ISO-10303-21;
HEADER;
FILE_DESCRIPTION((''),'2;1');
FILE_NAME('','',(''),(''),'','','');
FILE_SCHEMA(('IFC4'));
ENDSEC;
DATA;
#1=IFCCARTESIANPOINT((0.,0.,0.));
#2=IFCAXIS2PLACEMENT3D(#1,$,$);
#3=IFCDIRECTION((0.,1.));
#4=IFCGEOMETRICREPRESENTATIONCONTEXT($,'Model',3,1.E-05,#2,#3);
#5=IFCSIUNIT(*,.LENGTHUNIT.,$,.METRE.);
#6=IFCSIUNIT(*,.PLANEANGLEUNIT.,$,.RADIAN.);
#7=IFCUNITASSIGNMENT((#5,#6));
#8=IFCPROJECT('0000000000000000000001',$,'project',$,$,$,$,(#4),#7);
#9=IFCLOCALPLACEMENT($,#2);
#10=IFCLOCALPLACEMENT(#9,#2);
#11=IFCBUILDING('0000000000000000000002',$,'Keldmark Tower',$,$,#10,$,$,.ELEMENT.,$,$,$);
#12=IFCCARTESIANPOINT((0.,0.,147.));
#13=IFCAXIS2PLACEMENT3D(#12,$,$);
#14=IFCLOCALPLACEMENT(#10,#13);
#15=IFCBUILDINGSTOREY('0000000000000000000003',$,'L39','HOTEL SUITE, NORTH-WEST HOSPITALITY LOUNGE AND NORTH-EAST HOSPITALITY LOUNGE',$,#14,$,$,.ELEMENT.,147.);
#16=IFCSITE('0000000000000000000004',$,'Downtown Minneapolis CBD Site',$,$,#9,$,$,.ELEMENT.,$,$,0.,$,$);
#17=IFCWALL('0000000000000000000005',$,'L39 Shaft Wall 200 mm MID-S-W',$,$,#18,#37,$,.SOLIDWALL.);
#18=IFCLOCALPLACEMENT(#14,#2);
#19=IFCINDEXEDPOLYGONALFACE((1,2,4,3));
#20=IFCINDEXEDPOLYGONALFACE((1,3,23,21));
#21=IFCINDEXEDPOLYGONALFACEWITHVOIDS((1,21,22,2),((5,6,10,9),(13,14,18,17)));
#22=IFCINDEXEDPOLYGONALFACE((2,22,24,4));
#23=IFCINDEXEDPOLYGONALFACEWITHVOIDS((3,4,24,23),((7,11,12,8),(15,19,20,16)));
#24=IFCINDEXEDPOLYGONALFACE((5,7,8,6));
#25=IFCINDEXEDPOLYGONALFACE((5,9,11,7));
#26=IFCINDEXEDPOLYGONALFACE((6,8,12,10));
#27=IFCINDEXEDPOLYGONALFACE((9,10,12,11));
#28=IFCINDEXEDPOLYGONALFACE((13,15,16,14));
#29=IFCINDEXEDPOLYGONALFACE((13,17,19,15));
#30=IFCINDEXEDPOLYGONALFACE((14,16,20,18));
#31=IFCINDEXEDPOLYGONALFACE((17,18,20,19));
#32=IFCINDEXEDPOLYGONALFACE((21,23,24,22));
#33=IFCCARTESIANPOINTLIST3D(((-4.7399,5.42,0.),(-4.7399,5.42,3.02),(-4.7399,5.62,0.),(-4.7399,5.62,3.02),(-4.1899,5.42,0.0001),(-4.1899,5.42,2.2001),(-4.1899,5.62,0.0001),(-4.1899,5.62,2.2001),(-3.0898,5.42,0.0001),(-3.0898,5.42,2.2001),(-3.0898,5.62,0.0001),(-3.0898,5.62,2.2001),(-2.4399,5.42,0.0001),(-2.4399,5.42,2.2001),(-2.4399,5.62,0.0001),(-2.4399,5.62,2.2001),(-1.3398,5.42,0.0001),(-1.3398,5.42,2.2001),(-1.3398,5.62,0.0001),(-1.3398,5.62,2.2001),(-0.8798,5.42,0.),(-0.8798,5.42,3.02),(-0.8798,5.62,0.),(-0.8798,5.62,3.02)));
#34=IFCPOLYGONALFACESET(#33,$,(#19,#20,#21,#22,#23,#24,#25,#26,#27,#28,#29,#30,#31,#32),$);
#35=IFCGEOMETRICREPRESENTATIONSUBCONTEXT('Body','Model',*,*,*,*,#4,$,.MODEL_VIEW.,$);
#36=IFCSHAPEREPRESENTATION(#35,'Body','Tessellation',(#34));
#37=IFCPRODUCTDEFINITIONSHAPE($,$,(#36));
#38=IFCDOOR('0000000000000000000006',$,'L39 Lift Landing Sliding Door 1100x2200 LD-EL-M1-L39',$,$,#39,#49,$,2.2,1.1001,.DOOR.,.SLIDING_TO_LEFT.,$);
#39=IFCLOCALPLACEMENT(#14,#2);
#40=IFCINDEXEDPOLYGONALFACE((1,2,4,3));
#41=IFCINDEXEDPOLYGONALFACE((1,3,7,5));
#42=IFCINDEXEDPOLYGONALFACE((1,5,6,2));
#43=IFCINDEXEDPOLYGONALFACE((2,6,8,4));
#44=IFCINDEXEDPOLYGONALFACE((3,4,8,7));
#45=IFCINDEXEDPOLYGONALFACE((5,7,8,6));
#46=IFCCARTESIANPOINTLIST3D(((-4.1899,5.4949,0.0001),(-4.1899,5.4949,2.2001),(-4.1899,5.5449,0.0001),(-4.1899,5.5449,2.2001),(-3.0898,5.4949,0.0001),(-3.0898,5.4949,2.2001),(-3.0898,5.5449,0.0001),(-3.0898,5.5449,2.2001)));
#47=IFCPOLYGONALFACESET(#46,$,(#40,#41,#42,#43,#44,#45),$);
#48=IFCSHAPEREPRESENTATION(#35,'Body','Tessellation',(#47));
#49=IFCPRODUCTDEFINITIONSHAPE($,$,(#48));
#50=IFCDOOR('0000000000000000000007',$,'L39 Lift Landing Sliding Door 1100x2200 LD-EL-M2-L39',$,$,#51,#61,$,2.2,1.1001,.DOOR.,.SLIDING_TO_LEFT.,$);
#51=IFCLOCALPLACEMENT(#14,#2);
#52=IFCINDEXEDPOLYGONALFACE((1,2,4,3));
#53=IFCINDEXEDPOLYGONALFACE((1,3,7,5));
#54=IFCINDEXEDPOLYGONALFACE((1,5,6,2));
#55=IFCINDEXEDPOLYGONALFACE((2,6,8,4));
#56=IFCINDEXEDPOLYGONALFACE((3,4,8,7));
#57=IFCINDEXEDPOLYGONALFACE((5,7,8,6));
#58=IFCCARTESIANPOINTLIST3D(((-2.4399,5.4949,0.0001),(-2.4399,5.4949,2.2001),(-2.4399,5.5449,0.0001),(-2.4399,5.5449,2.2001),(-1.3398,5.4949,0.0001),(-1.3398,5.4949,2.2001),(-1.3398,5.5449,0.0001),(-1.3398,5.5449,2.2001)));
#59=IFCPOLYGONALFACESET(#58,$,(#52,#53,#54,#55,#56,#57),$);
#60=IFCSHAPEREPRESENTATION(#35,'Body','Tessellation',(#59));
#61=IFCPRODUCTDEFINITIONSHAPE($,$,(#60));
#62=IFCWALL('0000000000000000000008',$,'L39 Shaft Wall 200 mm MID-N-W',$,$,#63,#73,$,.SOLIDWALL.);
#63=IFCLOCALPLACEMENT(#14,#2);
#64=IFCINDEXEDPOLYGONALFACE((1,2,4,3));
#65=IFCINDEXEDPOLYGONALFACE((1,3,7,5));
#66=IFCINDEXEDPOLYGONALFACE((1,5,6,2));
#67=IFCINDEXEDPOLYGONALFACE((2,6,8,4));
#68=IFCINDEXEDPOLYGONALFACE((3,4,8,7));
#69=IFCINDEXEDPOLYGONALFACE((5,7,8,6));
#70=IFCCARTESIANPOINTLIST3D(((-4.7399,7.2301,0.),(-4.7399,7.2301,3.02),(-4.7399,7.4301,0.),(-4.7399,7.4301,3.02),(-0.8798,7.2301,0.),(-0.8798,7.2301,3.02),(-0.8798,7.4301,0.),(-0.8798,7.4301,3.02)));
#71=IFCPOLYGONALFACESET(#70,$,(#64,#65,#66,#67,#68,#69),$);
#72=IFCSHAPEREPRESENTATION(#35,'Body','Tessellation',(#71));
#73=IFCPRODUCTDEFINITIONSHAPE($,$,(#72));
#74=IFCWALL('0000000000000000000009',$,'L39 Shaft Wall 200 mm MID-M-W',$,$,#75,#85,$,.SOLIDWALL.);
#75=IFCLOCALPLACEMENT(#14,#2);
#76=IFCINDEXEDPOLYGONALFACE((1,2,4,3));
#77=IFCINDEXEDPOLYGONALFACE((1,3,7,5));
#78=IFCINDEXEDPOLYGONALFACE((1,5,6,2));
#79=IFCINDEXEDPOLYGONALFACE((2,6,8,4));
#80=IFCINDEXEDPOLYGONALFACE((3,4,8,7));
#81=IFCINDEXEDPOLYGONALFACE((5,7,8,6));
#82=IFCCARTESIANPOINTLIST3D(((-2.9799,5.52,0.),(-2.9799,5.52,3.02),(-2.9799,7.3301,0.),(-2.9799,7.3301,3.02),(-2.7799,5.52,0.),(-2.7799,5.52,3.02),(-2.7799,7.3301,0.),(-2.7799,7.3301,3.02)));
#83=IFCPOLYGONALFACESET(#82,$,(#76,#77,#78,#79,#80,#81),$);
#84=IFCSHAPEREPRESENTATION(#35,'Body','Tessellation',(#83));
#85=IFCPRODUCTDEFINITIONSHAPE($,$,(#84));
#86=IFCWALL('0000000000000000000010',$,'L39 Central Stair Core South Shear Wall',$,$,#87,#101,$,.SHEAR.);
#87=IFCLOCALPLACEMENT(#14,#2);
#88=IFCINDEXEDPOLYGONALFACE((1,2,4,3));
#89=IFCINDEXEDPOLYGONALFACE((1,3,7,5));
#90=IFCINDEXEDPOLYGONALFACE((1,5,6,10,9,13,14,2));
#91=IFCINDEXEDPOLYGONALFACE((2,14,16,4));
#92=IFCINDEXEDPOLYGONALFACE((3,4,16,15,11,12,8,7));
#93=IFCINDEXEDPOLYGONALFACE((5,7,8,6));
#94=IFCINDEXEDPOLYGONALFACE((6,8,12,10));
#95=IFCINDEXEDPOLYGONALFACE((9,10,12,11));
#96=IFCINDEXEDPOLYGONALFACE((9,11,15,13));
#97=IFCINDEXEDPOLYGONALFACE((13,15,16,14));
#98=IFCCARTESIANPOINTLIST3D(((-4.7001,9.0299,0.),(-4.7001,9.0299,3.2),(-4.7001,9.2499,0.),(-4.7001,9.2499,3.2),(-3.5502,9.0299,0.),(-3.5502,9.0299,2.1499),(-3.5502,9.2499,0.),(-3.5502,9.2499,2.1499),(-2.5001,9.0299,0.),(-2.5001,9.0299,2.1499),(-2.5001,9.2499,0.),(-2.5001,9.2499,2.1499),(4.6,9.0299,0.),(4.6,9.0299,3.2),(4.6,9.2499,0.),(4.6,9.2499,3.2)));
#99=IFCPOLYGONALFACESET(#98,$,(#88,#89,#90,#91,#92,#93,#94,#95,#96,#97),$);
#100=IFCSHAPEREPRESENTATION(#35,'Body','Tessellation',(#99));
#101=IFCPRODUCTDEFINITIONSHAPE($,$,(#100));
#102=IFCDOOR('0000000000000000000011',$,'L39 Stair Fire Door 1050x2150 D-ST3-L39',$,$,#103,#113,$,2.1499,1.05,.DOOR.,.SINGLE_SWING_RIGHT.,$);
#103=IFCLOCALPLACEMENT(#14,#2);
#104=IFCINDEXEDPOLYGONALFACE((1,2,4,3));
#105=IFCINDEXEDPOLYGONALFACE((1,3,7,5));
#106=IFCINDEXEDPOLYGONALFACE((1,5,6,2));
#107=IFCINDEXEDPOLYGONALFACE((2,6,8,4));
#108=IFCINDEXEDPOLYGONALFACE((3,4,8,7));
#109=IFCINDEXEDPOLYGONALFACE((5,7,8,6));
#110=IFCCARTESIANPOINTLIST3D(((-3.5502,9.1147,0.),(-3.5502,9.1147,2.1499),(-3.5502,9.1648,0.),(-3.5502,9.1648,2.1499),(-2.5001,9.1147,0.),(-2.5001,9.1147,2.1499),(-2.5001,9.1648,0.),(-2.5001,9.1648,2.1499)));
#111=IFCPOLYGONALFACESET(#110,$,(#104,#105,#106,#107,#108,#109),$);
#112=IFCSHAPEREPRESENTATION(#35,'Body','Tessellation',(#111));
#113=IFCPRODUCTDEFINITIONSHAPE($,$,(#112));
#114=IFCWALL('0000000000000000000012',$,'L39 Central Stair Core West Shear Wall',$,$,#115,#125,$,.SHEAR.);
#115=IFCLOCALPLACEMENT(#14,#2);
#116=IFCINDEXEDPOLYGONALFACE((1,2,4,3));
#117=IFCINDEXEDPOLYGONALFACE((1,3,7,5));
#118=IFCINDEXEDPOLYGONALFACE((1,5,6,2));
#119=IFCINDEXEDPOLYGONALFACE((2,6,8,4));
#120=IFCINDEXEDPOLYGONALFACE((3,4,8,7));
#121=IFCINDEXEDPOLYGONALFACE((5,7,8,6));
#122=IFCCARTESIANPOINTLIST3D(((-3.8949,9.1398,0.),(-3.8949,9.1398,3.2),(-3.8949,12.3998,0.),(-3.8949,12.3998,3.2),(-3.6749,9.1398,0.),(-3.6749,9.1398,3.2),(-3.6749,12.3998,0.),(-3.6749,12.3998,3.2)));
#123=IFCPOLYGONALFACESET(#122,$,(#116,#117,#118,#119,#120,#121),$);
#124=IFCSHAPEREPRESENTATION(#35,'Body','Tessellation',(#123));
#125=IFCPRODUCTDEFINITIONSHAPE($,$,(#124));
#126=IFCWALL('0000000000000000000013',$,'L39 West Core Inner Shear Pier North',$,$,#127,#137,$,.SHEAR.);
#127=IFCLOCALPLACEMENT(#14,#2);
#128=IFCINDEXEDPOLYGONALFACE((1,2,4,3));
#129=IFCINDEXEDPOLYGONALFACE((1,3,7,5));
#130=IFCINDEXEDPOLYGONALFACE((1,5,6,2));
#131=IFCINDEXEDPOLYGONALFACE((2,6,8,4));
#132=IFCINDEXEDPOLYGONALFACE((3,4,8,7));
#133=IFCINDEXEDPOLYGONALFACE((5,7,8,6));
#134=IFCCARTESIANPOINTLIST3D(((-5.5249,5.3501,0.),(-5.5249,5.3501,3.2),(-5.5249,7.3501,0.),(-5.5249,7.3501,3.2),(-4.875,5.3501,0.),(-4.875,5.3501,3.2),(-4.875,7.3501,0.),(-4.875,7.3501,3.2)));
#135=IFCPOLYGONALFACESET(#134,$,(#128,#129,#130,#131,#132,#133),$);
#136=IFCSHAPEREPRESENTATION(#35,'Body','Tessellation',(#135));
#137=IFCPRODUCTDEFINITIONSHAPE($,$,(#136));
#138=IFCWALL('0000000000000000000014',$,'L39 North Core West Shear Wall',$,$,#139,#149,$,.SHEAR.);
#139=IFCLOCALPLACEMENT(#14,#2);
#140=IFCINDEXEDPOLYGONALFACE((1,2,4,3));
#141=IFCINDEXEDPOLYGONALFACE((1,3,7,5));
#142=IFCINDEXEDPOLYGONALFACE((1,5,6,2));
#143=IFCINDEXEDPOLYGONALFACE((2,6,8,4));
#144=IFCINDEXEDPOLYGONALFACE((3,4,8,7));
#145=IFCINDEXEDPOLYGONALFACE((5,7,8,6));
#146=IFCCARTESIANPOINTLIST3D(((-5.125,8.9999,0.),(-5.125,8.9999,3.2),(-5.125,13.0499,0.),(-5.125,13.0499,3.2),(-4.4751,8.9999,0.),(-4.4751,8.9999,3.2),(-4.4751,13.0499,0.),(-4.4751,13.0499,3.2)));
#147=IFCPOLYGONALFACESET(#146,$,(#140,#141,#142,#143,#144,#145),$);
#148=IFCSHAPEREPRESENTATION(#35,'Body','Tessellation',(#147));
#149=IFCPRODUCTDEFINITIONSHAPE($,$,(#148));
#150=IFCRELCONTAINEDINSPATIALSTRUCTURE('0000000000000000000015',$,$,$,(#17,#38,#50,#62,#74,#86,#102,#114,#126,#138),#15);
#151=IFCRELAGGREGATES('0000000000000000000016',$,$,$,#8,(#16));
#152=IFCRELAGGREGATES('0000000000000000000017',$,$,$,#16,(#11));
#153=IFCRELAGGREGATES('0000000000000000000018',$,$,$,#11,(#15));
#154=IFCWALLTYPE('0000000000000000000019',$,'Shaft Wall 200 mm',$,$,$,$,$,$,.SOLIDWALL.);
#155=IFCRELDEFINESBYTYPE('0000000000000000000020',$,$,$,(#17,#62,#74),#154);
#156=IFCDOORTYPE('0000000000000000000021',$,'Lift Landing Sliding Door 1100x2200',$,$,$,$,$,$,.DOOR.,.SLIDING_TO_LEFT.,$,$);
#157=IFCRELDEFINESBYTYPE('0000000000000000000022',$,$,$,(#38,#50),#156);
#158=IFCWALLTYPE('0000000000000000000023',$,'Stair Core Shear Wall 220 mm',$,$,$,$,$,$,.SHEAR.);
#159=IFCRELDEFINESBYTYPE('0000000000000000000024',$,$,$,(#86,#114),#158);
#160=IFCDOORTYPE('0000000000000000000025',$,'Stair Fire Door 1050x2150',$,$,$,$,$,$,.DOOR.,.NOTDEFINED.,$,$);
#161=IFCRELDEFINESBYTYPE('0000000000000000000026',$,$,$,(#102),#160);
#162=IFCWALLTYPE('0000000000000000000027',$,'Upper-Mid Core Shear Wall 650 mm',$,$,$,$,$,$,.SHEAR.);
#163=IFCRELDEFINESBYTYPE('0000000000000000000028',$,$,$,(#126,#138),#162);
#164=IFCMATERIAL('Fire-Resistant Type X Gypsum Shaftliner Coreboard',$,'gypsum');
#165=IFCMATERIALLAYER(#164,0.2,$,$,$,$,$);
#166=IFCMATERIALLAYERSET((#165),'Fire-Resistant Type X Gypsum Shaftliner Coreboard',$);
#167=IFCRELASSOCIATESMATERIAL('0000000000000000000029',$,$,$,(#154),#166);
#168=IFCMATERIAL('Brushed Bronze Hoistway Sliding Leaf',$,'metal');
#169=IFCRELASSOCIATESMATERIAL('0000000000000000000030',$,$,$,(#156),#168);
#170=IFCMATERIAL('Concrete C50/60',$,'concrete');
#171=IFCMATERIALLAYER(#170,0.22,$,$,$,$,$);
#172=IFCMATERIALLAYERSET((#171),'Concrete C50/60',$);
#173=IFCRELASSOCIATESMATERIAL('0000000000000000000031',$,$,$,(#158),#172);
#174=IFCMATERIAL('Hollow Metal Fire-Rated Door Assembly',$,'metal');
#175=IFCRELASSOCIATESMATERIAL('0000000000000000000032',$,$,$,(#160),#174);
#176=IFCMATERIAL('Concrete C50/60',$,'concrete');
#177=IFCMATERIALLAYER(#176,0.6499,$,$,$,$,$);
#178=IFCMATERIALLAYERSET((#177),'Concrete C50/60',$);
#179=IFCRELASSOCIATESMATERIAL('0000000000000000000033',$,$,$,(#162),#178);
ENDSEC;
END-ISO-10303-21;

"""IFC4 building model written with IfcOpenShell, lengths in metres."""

from ifc_helpers import new_model, si_unit, direction, frame, frame_2d, origin, place, context, subcontext, project, spatial, rectangle, extrude, material, layer, layer_set, type_object, element, fill, save


model = new_model("IFC4")

# Units and contexts
model_context = context("Model", 3, precision=1e-05, world=origin(), true_north=direction((0.0, 1.0)))
body_context = subcontext(model_context, "Body", "Model", "MODEL_VIEW")
ifc_project = project(units=[si_unit("LENGTHUNIT", "METRE"), si_unit("PLANEANGLEUNIT", "RADIAN")], contexts=[model_context])

# Site, building, storey
site_placement = place(None, origin())
site = spatial("IfcSite", under=ifc_project, at=site_placement, Name="Downtown Minneapolis CBD Site", CompositionType="ELEMENT", RefElevation=0.0)
building_placement = place(site_placement, origin())
building = spatial("IfcBuilding", under=site, at=building_placement, Name="Keldmark Tower", CompositionType="ELEMENT")
storey_placement = place(building_placement, frame((0.0, 0.0, 147.0)))
storey = spatial("IfcBuildingStorey", under=building, at=storey_placement, Name="L39", Description="HOTEL SUITE, NORTH-WEST HOSPITALITY LOUNGE AND NORTH-EAST HOSPITALITY LOUNGE", CompositionType="ELEMENT", Elevation=147.0)

# Shared definitions
ifc_material_1 = material(Name="Fire-Resistant Type X Gypsum Shaftliner Coreboard", Category="gypsum")
ifc_layer_1 = layer(ifc_material_1, 0.2)
ifc_layer_set_1 = layer_set([ifc_layer_1], Name="Fire-Resistant Type X Gypsum Shaftliner Coreboard")
wall_type_1 = type_object("IfcWallType", Name="Shaft Wall 200 mm", PredefinedType="SOLIDWALL", material=ifc_layer_set_1)

# Wall, openings, doors
wall_1_placement = place(storey_placement, frame((-4.74, 5.52, 0.0), z_axis=(0.0, 0.0, 1.0), x_axis=(1.0, 0.0, 0.0)))
wall_1 = element("IfcWall", 1, at=wall_1_placement, inside=storey, type_object=wall_type_1, Name="L39 Shaft Wall 200 mm MID-S-W", PredefinedType="SOLIDWALL", context=body_context, shape_type="SweptSolid", body=[
    extrude(rectangle(XDim=3.8601, YDim=0.2, at=frame_2d((1.9302, 0.0))), origin(), (0.0, 0.0, 1.0), 3.02),
])
opening_1_placement = place(wall_1_placement, frame((0.55, 0.0, 0.0)))
opening_1 = element("IfcOpeningElement", 2, at=opening_1_placement, cuts=wall_1, PredefinedType="OPENING", context=body_context, shape_type="SweptSolid", body=[
    extrude(rectangle(XDim=1.1001, YDim=2.2, at=frame_2d((0.55, 1.1001))), frame((0.0, 0.1099, 0.0), z_axis=(0.0, -1.0, 0.0), x_axis=(1.0, 0.0, 0.0)), (0.0, 0.0, 1.0), 0.22),
])
opening_2_placement = place(wall_1_placement, frame((2.3, 0.0, 0.0)))
opening_2 = element("IfcOpeningElement", 3, at=opening_2_placement, cuts=wall_1, PredefinedType="OPENING", context=body_context, shape_type="SweptSolid", body=[
    extrude(rectangle(XDim=1.1001, YDim=2.2, at=frame_2d((0.55, 1.1001))), frame((0.0, 0.1099, 0.0), z_axis=(0.0, -1.0, 0.0), x_axis=(1.0, 0.0, 0.0)), (0.0, 0.0, 1.0), 0.22),
])
ifc_material_2 = material(Name="Brushed Bronze Hoistway Sliding Leaf", Category="metal")
door_type_1 = type_object("IfcDoorType", Name="Lift Landing Sliding Door 1100x2200", OperationType="SLIDING_TO_LEFT", PredefinedType="DOOR", material=ifc_material_2)
door_1_placement = place(opening_1_placement, origin())
door_1 = element("IfcDoor", 4, at=door_1_placement, inside=storey, type_object=door_type_1, Name="L39 Lift Landing Sliding Door 1100x2200 LD-EL-M1-L39", OperationType="SLIDING_TO_LEFT", OverallHeight=2.2, OverallWidth=1.1001, PredefinedType="DOOR", context=body_context, shape_type="SweptSolid", body=[
    extrude(rectangle(XDim=1.1001, YDim=2.2, at=frame_2d((0.55, 1.1001))), frame((0.0, 0.0249, 0.0), z_axis=(0.0, -1.0, 0.0), x_axis=(1.0, 0.0, 0.0)), (0.0, 0.0, 1.0), 0.05),
])
fill(opening_1, door_1)
door_2_placement = place(opening_2_placement, origin())
door_2 = element("IfcDoor", 5, at=door_2_placement, inside=storey, type_object=door_type_1, Name="L39 Lift Landing Sliding Door 1100x2200 LD-EL-M2-L39", OperationType="SLIDING_TO_LEFT", OverallHeight=2.2, OverallWidth=1.1001, PredefinedType="DOOR", context=body_context, shape_type="SweptSolid", body=[
    extrude(rectangle(XDim=1.1001, YDim=2.2, at=frame_2d((0.55, 1.1001))), frame((0.0, 0.0249, 0.0), z_axis=(0.0, -1.0, 0.0), x_axis=(1.0, 0.0, 0.0)), (0.0, 0.0, 1.0), 0.05),
])
fill(opening_2, door_2)

# Walls
wall_2_placement = place(storey_placement, frame((-4.74, 7.3301, 0.0), z_axis=(0.0, 0.0, 1.0), x_axis=(1.0, 0.0, 0.0)))
element("IfcWall", 6, at=wall_2_placement, inside=storey, type_object=wall_type_1, Name="L39 Shaft Wall 200 mm MID-N-W", PredefinedType="SOLIDWALL", context=body_context, shape_type="SweptSolid", body=[
    extrude(rectangle(XDim=3.8601, YDim=0.2, at=frame_2d((1.9302, 0.0))), origin(), (0.0, 0.0, 1.0), 3.02),
])
wall_3_placement = place(storey_placement, frame((-2.8799, 5.52, 0.0), z_axis=(0.0, 0.0, 1.0), x_axis=(0.0, 1.0, 0.0)))
element("IfcWall", 7, at=wall_3_placement, inside=storey, type_object=wall_type_1, Name="L39 Shaft Wall 200 mm MID-M-W", PredefinedType="SOLIDWALL", context=body_context, shape_type="SweptSolid", body=[
    extrude(rectangle(XDim=1.8101, YDim=0.2, at=frame_2d((0.905, 0.0))), origin(), (0.0, 0.0, 1.0), 3.02),
])

# Wall, opening, door
ifc_material_3 = material(Name="Concrete C50/60", Category="concrete")
ifc_layer_2 = layer(ifc_material_3, 0.22)
ifc_layer_set_2 = layer_set([ifc_layer_2], Name="Concrete C50/60")
wall_type_2 = type_object("IfcWallType", Name="Stair Core Shear Wall 220 mm", PredefinedType="SHEAR", material=ifc_layer_set_2)
wall_4_placement = place(storey_placement, frame((-4.7, 9.1399, 0.0), z_axis=(0.0, 0.0, 1.0), x_axis=(1.0, 0.0, 0.0)))
wall_4 = element("IfcWall", 8, at=wall_4_placement, inside=storey, type_object=wall_type_2, Name="L39 Central Stair Core South Shear Wall", PredefinedType="SHEAR", context=body_context, shape_type="SweptSolid", body=[
    extrude(rectangle(XDim=9.3, YDim=0.22, at=frame_2d((4.6499, 0.0))), origin(), (0.0, 0.0, 1.0), 3.2),
])
opening_3_placement = place(wall_4_placement, frame((1.1499, 0.0, 0.0)))
opening_3 = element("IfcOpeningElement", 9, at=opening_3_placement, cuts=wall_4, PredefinedType="OPENING", context=body_context, shape_type="SweptSolid", body=[
    extrude(rectangle(XDim=1.05, YDim=2.1499, at=frame_2d((0.5249, 1.075))), frame((0.0, 0.1199, 0.0), z_axis=(0.0, -1.0, 0.0), x_axis=(1.0, 0.0, 0.0)), (0.0, 0.0, 1.0), 0.24),
])
ifc_material_4 = material(Name="Hollow Metal Fire-Rated Door Assembly", Category="metal")
door_type_2 = type_object("IfcDoorType", Name="Stair Fire Door 1050x2150", OperationType="NOTDEFINED", PredefinedType="DOOR", material=ifc_material_4)
door_3_placement = place(opening_3_placement, origin())
door_3 = element("IfcDoor", 10, at=door_3_placement, inside=storey, type_object=door_type_2, Name="L39 Stair Fire Door 1050x2150 D-ST3-L39", OperationType="SINGLE_SWING_RIGHT", OverallHeight=2.1499, OverallWidth=1.05, PredefinedType="DOOR", context=body_context, shape_type="SweptSolid", body=[
    extrude(rectangle(XDim=1.05, YDim=2.1499, at=frame_2d((0.5249, 1.075))), frame((0.0, 0.0249, 0.0), z_axis=(0.0, -1.0, 0.0), x_axis=(1.0, 0.0, 0.0)), (0.0, 0.0, 1.0), 0.05),
])
fill(opening_3, door_3)

# Wall
wall_5_placement = place(storey_placement, frame((-3.7849, 9.1399, 0.0), z_axis=(0.0, 0.0, 1.0), x_axis=(0.0, 1.0, 0.0)))
element("IfcWall", 11, at=wall_5_placement, inside=storey, type_object=wall_type_2, Name="L39 Central Stair Core West Shear Wall", PredefinedType="SHEAR", context=body_context, shape_type="SweptSolid", body=[
    extrude(rectangle(XDim=3.26, YDim=0.22, at=frame_2d((1.6299, 0.0))), origin(), (0.0, 0.0, 1.0), 3.2),
])

# Shared definitions
ifc_material_5 = material(Name="Concrete C50/60", Category="concrete")
ifc_layer_3 = layer(ifc_material_5, 0.6499)
ifc_layer_set_3 = layer_set([ifc_layer_3], Name="Concrete C50/60")
wall_type_3 = type_object("IfcWallType", Name="Upper-Mid Core Shear Wall 650 mm", PredefinedType="SHEAR", material=ifc_layer_set_3)

# Walls
wall_6_placement = place(storey_placement, frame((-5.2, 5.3501, 0.0), z_axis=(0.0, 0.0, 1.0), x_axis=(0.0, 1.0, 0.0)))
element("IfcWall", 12, at=wall_6_placement, inside=storey, type_object=wall_type_3, Name="L39 West Core Inner Shear Pier North", PredefinedType="SHEAR", context=body_context, shape_type="SweptSolid", body=[
    extrude(rectangle(XDim=2.0, YDim=0.6499, at=frame_2d((1.0, 0.0))), origin(), (0.0, 0.0, 1.0), 3.2),
])
wall_7_placement = place(storey_placement, frame((-4.8, 9.0, 0.0), z_axis=(0.0, 0.0, 1.0), x_axis=(0.0, 1.0, 0.0)))
element("IfcWall", 13, at=wall_7_placement, inside=storey, type_object=wall_type_3, Name="L39 North Core West Shear Wall", PredefinedType="SHEAR", context=body_context, shape_type="SweptSolid", body=[
    extrude(rectangle(XDim=4.05, YDim=0.6499, at=frame_2d((2.0249, 0.0))), origin(), (0.0, 0.0, 1.0), 3.2),
])

save(model, "model.ifc")
